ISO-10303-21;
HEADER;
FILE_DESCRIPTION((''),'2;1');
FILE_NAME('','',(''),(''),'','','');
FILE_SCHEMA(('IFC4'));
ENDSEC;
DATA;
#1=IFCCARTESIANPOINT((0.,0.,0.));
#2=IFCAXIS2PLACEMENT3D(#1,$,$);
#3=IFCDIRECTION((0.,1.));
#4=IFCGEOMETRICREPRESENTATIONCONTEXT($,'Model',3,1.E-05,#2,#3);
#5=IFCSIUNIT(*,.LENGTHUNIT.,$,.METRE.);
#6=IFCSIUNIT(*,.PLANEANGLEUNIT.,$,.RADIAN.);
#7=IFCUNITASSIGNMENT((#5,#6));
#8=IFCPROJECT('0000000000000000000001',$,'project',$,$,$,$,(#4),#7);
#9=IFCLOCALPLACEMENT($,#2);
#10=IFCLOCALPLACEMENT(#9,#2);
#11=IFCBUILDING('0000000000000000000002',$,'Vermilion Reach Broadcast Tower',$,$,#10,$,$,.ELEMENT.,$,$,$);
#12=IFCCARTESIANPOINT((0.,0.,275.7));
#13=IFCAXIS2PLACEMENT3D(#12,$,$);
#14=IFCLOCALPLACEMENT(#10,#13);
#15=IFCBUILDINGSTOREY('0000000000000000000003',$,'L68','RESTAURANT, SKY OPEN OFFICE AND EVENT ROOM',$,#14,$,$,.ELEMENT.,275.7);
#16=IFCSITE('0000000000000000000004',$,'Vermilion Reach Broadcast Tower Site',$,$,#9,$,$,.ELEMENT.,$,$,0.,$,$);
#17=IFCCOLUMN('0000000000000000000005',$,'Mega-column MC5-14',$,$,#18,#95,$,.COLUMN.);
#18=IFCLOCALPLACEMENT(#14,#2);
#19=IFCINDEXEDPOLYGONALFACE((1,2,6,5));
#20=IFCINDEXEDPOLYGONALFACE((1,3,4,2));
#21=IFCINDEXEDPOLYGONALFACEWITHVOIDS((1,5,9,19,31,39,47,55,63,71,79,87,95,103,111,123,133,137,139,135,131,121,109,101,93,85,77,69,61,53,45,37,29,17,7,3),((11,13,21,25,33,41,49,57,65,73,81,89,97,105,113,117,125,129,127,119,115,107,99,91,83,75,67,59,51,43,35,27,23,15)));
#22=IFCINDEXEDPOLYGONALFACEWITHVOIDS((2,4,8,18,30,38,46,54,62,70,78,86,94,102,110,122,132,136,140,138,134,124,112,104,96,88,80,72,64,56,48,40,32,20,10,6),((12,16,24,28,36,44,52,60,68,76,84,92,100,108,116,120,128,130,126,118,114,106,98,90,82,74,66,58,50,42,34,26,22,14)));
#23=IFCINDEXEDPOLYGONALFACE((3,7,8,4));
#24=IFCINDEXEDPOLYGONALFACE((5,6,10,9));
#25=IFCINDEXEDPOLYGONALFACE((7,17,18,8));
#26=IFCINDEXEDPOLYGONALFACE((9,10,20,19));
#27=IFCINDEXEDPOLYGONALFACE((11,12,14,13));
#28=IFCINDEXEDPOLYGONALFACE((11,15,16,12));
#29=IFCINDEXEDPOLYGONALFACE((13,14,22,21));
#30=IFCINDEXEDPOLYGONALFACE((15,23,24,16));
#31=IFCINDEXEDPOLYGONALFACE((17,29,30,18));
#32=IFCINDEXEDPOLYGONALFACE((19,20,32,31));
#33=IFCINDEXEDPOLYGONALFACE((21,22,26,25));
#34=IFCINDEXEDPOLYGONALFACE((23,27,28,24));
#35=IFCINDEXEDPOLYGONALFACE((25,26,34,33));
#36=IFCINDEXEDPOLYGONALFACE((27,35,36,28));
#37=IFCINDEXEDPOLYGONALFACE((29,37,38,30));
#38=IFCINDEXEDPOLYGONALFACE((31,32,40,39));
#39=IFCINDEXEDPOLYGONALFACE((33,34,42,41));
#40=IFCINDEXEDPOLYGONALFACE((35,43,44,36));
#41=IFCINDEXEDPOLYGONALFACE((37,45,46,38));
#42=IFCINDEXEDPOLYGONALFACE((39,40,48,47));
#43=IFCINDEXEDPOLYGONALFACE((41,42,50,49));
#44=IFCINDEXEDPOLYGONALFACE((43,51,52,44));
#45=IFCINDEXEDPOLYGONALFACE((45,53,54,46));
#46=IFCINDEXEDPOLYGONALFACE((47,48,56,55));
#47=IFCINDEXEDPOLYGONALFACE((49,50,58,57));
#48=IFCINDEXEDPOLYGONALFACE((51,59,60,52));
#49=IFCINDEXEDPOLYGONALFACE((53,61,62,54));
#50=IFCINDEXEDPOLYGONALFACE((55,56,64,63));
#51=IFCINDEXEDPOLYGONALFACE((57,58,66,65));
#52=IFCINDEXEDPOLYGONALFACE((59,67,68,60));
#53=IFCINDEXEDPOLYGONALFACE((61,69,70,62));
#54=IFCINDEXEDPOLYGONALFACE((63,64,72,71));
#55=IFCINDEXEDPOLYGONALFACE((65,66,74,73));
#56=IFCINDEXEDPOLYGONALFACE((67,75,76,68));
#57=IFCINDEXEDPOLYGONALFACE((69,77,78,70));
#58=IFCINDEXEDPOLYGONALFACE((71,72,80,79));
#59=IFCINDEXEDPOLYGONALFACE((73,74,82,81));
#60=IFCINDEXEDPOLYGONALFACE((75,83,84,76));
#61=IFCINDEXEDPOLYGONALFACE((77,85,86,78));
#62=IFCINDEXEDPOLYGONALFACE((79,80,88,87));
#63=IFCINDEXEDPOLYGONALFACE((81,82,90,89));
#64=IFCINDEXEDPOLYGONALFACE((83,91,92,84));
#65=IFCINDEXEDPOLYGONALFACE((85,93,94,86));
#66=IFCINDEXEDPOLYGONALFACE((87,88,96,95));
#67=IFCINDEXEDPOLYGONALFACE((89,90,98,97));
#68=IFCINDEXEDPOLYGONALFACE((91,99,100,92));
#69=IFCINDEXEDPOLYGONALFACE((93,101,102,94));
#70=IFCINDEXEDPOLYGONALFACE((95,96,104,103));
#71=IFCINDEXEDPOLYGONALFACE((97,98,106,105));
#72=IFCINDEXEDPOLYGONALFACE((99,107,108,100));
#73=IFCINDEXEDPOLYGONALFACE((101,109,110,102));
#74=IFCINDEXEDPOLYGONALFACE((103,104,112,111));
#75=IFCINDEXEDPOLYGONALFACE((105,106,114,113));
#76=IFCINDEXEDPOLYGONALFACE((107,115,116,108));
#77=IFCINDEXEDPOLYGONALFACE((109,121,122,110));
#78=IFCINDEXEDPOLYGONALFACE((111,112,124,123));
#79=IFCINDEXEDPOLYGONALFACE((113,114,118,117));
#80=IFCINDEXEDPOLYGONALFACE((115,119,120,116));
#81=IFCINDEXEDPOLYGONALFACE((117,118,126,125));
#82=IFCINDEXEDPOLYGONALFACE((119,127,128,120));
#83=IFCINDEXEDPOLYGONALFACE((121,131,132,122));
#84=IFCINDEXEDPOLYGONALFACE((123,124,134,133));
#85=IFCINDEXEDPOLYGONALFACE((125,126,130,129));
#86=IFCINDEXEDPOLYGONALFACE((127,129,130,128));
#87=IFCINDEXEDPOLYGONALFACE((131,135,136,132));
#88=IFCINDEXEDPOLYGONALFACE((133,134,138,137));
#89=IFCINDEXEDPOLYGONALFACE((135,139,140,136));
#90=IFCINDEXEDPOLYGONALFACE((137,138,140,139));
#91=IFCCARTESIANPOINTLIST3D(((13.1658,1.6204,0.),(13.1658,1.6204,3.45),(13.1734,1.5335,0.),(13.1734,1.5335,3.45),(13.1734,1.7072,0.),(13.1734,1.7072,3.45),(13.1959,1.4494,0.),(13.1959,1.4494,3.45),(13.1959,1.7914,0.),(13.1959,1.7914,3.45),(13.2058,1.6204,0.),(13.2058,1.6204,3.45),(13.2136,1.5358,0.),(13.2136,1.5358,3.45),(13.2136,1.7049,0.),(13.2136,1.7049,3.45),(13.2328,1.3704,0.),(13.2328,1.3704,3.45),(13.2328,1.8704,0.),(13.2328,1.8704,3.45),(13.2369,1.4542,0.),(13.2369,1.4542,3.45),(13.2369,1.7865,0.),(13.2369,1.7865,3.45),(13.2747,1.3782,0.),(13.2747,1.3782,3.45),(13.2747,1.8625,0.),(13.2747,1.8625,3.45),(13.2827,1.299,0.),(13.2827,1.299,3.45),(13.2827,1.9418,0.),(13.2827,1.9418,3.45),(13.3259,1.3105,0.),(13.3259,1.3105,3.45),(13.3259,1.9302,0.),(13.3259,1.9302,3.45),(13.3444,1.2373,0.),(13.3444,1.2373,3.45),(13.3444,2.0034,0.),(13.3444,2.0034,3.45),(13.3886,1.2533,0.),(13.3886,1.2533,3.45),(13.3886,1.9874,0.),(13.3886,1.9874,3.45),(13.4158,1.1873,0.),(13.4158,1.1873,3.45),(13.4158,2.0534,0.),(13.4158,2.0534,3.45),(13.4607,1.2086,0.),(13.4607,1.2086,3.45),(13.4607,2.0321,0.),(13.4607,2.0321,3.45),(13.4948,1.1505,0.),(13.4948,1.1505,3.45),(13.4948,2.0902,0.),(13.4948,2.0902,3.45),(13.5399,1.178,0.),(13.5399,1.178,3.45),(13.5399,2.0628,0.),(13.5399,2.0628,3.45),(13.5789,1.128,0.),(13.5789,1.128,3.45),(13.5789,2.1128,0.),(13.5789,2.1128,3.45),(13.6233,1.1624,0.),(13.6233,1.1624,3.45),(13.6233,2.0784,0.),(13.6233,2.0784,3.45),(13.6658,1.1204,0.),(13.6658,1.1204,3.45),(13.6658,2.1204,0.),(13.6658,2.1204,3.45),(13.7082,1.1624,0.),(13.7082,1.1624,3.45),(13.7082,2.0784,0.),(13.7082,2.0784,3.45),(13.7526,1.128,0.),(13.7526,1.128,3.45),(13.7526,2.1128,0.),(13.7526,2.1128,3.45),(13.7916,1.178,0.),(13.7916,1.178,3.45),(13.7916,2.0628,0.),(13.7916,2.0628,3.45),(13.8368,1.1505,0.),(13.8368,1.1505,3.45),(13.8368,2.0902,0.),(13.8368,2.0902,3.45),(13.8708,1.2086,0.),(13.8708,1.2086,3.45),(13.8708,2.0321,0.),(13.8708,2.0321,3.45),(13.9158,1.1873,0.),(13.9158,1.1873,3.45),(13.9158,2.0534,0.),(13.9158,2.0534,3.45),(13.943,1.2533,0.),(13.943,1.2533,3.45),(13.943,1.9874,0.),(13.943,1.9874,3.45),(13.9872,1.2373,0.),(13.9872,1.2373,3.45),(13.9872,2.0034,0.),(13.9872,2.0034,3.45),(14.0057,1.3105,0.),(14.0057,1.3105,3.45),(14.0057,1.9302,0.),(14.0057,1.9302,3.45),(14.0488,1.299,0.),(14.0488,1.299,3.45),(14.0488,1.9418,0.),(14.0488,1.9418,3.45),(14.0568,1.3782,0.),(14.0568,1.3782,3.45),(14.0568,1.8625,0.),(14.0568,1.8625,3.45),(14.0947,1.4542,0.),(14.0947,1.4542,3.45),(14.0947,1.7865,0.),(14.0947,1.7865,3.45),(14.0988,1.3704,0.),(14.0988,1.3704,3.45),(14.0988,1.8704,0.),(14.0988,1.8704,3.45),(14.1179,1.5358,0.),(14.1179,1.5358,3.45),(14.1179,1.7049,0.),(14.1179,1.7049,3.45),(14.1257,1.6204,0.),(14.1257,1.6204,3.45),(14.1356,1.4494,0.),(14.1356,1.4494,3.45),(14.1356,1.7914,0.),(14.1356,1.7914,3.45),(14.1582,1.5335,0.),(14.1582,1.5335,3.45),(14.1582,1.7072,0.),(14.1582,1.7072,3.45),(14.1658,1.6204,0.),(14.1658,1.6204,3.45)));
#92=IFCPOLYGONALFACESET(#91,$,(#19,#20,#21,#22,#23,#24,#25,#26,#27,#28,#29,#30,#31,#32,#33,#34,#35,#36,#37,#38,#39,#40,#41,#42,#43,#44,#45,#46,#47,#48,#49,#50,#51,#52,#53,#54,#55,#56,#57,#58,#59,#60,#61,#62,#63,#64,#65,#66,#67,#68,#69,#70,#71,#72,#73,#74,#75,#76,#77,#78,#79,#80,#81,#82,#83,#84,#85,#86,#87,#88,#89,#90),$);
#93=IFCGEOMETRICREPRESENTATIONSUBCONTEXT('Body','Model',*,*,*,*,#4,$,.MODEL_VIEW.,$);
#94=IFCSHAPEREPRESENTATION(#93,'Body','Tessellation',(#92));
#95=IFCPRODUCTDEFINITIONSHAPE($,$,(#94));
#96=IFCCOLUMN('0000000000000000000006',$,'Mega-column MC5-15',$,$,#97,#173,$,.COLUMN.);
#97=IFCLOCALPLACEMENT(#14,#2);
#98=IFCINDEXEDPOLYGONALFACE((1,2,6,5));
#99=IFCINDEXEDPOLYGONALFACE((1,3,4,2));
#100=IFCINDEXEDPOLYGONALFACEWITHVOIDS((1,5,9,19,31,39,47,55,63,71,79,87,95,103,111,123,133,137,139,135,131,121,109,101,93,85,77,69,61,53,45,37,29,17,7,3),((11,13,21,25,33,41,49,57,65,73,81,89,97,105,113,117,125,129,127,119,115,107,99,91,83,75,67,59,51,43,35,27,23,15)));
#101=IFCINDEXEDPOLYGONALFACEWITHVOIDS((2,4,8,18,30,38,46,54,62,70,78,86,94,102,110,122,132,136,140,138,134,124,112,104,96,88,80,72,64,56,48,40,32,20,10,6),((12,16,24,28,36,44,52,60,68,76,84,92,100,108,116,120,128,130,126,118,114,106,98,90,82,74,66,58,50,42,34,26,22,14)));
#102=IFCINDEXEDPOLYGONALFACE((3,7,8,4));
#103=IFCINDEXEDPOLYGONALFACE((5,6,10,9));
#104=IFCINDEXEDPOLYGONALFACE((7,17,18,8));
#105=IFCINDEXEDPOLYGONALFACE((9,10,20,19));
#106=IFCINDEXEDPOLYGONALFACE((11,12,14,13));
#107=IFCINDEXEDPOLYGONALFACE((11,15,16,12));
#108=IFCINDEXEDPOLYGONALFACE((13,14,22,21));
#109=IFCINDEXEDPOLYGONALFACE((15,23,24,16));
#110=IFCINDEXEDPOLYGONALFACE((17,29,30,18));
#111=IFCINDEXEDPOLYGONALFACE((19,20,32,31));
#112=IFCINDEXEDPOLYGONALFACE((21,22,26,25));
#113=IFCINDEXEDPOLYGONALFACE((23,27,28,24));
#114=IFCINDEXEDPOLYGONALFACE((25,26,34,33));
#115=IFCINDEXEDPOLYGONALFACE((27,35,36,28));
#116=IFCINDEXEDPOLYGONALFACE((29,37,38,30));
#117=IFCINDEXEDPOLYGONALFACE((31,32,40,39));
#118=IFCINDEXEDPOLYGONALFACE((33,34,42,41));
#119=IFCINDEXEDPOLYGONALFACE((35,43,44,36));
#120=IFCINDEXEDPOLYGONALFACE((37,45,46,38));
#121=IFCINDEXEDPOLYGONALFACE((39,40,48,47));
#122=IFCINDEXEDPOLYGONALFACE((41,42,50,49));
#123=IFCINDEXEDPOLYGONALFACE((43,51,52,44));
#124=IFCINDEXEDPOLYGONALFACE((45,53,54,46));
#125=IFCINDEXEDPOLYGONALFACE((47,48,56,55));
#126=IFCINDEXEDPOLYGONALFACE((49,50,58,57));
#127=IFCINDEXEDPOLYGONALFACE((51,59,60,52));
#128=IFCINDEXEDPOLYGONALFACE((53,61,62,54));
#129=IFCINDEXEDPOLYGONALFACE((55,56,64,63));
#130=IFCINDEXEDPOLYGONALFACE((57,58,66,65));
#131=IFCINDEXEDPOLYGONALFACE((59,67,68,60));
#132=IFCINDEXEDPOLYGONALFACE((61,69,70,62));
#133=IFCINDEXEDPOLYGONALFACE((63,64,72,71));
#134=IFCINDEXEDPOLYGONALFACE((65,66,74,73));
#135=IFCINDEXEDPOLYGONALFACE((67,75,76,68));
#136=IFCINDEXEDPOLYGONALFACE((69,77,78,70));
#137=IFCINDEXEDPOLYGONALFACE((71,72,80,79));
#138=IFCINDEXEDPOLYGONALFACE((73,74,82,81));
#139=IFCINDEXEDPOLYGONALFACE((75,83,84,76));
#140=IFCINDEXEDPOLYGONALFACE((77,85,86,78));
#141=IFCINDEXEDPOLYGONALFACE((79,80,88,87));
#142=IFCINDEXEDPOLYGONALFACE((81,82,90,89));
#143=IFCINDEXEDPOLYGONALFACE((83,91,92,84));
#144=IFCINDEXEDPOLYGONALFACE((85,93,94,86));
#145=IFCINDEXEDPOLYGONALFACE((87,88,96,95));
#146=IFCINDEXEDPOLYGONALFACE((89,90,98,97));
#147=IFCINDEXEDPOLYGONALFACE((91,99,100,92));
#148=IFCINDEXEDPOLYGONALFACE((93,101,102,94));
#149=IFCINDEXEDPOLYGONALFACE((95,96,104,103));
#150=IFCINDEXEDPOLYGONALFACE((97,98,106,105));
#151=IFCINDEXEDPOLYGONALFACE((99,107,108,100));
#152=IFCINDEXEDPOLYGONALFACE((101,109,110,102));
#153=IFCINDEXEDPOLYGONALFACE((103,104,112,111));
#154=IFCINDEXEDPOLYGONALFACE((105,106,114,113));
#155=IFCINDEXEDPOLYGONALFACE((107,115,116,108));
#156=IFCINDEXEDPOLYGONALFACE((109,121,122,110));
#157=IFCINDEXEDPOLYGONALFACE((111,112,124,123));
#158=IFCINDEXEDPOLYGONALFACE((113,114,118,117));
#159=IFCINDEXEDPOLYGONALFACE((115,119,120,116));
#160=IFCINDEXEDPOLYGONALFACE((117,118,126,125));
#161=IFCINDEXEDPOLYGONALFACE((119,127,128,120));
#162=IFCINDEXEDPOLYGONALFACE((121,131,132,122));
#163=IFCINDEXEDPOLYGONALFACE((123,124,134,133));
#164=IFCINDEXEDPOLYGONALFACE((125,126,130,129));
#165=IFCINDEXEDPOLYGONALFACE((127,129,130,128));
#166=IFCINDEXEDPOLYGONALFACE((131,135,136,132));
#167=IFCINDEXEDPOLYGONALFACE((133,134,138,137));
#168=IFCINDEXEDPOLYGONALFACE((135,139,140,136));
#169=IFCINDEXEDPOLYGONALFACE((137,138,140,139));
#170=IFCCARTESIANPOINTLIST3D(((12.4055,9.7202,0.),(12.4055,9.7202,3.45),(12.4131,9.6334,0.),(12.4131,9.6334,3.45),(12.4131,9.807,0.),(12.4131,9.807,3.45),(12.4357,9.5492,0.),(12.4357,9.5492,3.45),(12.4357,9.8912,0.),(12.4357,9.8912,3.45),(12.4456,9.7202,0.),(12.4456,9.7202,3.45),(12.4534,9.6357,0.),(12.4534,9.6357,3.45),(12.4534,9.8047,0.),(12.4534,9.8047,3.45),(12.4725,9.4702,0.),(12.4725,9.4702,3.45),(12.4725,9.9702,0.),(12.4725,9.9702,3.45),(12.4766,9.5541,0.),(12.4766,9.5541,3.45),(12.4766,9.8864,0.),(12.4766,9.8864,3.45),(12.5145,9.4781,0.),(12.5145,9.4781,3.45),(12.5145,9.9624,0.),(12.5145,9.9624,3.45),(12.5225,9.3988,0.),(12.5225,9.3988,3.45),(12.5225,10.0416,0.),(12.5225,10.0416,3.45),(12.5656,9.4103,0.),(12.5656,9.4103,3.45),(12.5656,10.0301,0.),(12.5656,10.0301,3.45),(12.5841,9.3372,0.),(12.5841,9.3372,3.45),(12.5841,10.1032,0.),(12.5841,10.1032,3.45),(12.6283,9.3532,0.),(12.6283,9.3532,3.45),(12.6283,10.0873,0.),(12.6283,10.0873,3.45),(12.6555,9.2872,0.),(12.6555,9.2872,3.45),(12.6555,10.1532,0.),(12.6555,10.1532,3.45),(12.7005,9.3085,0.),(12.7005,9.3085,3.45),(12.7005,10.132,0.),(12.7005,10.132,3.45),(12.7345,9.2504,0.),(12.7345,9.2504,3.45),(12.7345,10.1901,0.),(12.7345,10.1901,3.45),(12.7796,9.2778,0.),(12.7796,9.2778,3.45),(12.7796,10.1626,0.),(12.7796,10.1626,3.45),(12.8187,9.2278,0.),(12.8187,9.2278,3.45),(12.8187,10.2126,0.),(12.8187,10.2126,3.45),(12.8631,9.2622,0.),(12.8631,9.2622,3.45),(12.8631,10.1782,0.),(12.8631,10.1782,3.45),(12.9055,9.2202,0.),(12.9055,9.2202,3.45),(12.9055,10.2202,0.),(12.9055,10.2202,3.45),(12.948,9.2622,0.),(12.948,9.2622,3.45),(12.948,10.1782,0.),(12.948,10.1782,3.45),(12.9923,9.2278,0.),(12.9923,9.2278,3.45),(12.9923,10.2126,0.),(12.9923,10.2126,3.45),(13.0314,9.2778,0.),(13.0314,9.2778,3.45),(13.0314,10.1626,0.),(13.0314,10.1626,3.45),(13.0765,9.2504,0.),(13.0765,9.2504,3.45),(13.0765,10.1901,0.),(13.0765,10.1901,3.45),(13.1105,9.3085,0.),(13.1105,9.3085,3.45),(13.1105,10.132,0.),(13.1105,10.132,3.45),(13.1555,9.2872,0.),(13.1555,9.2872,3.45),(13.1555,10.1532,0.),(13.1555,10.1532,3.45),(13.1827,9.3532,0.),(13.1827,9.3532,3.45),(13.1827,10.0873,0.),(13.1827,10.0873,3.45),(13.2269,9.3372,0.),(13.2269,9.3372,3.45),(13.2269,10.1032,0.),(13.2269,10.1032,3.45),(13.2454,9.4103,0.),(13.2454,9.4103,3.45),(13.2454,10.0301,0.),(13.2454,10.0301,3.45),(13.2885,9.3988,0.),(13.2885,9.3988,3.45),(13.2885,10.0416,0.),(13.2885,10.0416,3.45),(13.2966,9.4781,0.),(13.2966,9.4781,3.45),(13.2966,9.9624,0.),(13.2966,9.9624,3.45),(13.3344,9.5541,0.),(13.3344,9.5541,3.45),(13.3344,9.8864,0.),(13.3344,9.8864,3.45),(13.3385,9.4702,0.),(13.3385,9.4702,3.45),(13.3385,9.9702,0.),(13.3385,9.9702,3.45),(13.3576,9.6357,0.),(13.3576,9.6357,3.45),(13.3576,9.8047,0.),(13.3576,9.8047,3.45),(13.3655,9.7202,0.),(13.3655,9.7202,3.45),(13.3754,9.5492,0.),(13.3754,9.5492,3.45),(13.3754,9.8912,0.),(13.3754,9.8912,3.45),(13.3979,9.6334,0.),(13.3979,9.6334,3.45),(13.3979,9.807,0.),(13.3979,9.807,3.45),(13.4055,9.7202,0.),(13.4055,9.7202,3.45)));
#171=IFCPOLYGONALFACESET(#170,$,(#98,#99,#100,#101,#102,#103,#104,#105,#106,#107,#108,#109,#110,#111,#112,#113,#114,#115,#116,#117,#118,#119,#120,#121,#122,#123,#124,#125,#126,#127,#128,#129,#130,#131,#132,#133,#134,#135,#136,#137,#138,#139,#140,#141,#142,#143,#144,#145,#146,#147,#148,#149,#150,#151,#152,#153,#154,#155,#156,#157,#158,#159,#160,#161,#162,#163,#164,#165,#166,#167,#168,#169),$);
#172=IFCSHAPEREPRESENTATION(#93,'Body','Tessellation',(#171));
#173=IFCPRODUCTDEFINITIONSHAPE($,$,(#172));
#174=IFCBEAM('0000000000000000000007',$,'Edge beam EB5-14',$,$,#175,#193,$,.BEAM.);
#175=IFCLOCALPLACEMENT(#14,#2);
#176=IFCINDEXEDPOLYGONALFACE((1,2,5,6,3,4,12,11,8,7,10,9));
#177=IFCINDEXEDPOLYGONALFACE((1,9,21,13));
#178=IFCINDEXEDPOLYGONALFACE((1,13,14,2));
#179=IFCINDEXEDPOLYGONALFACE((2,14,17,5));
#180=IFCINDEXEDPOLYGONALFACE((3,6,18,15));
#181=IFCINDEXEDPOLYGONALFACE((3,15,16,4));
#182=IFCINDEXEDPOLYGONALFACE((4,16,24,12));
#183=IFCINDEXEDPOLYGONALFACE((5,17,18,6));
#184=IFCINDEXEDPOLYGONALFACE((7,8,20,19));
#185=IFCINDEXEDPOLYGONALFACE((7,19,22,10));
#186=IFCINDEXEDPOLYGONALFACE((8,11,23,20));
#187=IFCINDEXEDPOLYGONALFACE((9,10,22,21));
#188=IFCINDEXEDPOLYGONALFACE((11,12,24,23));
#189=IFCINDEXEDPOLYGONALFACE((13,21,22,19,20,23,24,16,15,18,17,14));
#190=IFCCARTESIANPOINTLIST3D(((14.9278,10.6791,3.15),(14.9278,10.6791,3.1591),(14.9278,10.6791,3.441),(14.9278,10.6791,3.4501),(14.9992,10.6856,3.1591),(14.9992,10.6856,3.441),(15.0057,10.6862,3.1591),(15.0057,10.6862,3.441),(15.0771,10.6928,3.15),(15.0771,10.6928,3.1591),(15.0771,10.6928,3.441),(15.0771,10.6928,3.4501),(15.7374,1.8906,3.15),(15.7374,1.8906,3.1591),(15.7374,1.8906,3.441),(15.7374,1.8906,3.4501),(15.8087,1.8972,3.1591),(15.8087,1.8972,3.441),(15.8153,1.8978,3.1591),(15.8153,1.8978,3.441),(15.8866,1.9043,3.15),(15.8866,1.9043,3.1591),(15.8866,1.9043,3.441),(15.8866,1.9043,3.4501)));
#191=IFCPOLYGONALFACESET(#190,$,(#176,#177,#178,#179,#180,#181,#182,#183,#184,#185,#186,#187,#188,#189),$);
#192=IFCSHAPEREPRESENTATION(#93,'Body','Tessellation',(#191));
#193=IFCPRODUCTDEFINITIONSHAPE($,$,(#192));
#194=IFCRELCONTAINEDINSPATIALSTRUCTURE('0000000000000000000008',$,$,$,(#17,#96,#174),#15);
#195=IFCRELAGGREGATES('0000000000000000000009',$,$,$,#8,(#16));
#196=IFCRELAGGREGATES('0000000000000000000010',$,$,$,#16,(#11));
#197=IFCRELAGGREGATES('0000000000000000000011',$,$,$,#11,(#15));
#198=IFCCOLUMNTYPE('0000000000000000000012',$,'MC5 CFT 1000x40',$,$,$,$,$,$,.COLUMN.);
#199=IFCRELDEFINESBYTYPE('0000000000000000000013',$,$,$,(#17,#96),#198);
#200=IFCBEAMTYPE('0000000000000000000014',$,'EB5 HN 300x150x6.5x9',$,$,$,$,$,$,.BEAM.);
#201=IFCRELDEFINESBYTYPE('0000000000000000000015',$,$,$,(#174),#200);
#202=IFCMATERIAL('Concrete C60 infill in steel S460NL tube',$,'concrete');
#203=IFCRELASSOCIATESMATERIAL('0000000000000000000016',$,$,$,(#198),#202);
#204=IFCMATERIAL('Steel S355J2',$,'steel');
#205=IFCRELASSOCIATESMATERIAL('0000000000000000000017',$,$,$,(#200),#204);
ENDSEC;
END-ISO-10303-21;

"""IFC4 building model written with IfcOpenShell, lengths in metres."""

from ifc_helpers import new_model, si_unit, direction, frame, origin, origin_2d, place, context, subcontext, project, spatial, hollow_circle, i_section, extrude, material, material_profile, profile_set, type_object, element, save


model = new_model("IFC4")

# Units and contexts
model_context = context("Model", 3, precision=1e-05, world=origin(), true_north=direction((0.0, 1.0)))
body_context = subcontext(model_context, "Body", "Model", "MODEL_VIEW")
ifc_project = project(units=[si_unit("LENGTHUNIT", "METRE"), si_unit("PLANEANGLEUNIT", "RADIAN")], contexts=[model_context])

# Site, building, storey
site_placement = place(None, origin())
site = spatial("IfcSite", under=ifc_project, at=site_placement, Name="Vermilion Reach Broadcast Tower Site", CompositionType="ELEMENT", RefElevation=0.0)
building_placement = place(site_placement, origin())
building = spatial("IfcBuilding", under=site, at=building_placement, Name="Vermilion Reach Broadcast Tower", CompositionType="ELEMENT")
storey_placement = place(building_placement, frame((0.0, 0.0, 275.7)))
storey = spatial("IfcBuildingStorey", under=building, at=storey_placement, Name="L68", Description="RESTAURANT, SKY OPEN OFFICE AND EVENT ROOM", CompositionType="ELEMENT", Elevation=275.7)

# Columns
ifc_material_1 = material(Name="Concrete C60 infill in steel S460NL tube", Category="concrete")
ifc_material_profile_1 = material_profile(ifc_material_1, hollow_circle(Radius=0.5, WallThickness=0.04, at=origin_2d()), Name="Concrete C60 infill in steel S460NL tube CFT 1000x40")
ifc_profile_set_1 = profile_set([ifc_material_profile_1], Name="Concrete C60 infill in steel S460NL tube")
column_type = type_object("IfcColumnType", Name="MC5 CFT 1000x40", PredefinedType="COLUMN", material=ifc_profile_set_1)
for number, where, z_axis, x_axis, name in (
    (1, (13.6658, 1.6204, 0.0), (0.0, 0.0, 1.0), (1.0, 0.0, 0.0), "Mega-column MC5-14"),
    (2, (12.9055, 9.7202, 0.0), (0.0, 0.0, 1.0), (1.0, 0.0, 0.0), "Mega-column MC5-15"),
):
    element("IfcColumn", number, at=place(storey_placement, frame(where, z_axis=z_axis, x_axis=x_axis)), inside=storey, type_object=column_type, Name=name, PredefinedType="COLUMN", context=body_context, shape_type="SweptSolid", body=[
        extrude(hollow_circle(Radius=0.5, WallThickness=0.04, at=origin_2d()), origin(), (0.0, 0.0, 1.0), 3.45),
    ])

# Beam
ifc_material_2 = material(Name="Steel S355J2", Category="steel")
ifc_material_profile_2 = material_profile(ifc_material_2, i_section(OverallWidth=0.1499, OverallDepth=0.3, WebThickness=0.0066, FlangeThickness=0.009, at=origin_2d()), Name="S355J2 HN 300x150x6.5x9")
ifc_profile_set_2 = profile_set([ifc_material_profile_2], Name="Steel S355J2")
beam_type_1 = type_object("IfcBeamType", Name="EB5 HN 300x150x6.5x9", PredefinedType="BEAM", material=ifc_profile_set_2)
beam_1_placement = place(storey_placement, frame((15.812, 1.8975, 3.3), z_axis=(-0.091728, 0.995784, 0.0), x_axis=(-0.995784, -0.091728, 0.0)))
element("IfcBeam", 3, at=beam_1_placement, inside=storey, type_object=beam_type_1, Name="Edge beam EB5-14", PredefinedType="BEAM", context=body_context, shape_type="SweptSolid", body=[
    extrude(i_section(OverallWidth=0.1499, OverallDepth=0.3, WebThickness=0.0066, FlangeThickness=0.009, at=origin_2d()), origin(), (0.0, 0.0, 1.0), 8.8257),
])

save(model, "model.ifc")
